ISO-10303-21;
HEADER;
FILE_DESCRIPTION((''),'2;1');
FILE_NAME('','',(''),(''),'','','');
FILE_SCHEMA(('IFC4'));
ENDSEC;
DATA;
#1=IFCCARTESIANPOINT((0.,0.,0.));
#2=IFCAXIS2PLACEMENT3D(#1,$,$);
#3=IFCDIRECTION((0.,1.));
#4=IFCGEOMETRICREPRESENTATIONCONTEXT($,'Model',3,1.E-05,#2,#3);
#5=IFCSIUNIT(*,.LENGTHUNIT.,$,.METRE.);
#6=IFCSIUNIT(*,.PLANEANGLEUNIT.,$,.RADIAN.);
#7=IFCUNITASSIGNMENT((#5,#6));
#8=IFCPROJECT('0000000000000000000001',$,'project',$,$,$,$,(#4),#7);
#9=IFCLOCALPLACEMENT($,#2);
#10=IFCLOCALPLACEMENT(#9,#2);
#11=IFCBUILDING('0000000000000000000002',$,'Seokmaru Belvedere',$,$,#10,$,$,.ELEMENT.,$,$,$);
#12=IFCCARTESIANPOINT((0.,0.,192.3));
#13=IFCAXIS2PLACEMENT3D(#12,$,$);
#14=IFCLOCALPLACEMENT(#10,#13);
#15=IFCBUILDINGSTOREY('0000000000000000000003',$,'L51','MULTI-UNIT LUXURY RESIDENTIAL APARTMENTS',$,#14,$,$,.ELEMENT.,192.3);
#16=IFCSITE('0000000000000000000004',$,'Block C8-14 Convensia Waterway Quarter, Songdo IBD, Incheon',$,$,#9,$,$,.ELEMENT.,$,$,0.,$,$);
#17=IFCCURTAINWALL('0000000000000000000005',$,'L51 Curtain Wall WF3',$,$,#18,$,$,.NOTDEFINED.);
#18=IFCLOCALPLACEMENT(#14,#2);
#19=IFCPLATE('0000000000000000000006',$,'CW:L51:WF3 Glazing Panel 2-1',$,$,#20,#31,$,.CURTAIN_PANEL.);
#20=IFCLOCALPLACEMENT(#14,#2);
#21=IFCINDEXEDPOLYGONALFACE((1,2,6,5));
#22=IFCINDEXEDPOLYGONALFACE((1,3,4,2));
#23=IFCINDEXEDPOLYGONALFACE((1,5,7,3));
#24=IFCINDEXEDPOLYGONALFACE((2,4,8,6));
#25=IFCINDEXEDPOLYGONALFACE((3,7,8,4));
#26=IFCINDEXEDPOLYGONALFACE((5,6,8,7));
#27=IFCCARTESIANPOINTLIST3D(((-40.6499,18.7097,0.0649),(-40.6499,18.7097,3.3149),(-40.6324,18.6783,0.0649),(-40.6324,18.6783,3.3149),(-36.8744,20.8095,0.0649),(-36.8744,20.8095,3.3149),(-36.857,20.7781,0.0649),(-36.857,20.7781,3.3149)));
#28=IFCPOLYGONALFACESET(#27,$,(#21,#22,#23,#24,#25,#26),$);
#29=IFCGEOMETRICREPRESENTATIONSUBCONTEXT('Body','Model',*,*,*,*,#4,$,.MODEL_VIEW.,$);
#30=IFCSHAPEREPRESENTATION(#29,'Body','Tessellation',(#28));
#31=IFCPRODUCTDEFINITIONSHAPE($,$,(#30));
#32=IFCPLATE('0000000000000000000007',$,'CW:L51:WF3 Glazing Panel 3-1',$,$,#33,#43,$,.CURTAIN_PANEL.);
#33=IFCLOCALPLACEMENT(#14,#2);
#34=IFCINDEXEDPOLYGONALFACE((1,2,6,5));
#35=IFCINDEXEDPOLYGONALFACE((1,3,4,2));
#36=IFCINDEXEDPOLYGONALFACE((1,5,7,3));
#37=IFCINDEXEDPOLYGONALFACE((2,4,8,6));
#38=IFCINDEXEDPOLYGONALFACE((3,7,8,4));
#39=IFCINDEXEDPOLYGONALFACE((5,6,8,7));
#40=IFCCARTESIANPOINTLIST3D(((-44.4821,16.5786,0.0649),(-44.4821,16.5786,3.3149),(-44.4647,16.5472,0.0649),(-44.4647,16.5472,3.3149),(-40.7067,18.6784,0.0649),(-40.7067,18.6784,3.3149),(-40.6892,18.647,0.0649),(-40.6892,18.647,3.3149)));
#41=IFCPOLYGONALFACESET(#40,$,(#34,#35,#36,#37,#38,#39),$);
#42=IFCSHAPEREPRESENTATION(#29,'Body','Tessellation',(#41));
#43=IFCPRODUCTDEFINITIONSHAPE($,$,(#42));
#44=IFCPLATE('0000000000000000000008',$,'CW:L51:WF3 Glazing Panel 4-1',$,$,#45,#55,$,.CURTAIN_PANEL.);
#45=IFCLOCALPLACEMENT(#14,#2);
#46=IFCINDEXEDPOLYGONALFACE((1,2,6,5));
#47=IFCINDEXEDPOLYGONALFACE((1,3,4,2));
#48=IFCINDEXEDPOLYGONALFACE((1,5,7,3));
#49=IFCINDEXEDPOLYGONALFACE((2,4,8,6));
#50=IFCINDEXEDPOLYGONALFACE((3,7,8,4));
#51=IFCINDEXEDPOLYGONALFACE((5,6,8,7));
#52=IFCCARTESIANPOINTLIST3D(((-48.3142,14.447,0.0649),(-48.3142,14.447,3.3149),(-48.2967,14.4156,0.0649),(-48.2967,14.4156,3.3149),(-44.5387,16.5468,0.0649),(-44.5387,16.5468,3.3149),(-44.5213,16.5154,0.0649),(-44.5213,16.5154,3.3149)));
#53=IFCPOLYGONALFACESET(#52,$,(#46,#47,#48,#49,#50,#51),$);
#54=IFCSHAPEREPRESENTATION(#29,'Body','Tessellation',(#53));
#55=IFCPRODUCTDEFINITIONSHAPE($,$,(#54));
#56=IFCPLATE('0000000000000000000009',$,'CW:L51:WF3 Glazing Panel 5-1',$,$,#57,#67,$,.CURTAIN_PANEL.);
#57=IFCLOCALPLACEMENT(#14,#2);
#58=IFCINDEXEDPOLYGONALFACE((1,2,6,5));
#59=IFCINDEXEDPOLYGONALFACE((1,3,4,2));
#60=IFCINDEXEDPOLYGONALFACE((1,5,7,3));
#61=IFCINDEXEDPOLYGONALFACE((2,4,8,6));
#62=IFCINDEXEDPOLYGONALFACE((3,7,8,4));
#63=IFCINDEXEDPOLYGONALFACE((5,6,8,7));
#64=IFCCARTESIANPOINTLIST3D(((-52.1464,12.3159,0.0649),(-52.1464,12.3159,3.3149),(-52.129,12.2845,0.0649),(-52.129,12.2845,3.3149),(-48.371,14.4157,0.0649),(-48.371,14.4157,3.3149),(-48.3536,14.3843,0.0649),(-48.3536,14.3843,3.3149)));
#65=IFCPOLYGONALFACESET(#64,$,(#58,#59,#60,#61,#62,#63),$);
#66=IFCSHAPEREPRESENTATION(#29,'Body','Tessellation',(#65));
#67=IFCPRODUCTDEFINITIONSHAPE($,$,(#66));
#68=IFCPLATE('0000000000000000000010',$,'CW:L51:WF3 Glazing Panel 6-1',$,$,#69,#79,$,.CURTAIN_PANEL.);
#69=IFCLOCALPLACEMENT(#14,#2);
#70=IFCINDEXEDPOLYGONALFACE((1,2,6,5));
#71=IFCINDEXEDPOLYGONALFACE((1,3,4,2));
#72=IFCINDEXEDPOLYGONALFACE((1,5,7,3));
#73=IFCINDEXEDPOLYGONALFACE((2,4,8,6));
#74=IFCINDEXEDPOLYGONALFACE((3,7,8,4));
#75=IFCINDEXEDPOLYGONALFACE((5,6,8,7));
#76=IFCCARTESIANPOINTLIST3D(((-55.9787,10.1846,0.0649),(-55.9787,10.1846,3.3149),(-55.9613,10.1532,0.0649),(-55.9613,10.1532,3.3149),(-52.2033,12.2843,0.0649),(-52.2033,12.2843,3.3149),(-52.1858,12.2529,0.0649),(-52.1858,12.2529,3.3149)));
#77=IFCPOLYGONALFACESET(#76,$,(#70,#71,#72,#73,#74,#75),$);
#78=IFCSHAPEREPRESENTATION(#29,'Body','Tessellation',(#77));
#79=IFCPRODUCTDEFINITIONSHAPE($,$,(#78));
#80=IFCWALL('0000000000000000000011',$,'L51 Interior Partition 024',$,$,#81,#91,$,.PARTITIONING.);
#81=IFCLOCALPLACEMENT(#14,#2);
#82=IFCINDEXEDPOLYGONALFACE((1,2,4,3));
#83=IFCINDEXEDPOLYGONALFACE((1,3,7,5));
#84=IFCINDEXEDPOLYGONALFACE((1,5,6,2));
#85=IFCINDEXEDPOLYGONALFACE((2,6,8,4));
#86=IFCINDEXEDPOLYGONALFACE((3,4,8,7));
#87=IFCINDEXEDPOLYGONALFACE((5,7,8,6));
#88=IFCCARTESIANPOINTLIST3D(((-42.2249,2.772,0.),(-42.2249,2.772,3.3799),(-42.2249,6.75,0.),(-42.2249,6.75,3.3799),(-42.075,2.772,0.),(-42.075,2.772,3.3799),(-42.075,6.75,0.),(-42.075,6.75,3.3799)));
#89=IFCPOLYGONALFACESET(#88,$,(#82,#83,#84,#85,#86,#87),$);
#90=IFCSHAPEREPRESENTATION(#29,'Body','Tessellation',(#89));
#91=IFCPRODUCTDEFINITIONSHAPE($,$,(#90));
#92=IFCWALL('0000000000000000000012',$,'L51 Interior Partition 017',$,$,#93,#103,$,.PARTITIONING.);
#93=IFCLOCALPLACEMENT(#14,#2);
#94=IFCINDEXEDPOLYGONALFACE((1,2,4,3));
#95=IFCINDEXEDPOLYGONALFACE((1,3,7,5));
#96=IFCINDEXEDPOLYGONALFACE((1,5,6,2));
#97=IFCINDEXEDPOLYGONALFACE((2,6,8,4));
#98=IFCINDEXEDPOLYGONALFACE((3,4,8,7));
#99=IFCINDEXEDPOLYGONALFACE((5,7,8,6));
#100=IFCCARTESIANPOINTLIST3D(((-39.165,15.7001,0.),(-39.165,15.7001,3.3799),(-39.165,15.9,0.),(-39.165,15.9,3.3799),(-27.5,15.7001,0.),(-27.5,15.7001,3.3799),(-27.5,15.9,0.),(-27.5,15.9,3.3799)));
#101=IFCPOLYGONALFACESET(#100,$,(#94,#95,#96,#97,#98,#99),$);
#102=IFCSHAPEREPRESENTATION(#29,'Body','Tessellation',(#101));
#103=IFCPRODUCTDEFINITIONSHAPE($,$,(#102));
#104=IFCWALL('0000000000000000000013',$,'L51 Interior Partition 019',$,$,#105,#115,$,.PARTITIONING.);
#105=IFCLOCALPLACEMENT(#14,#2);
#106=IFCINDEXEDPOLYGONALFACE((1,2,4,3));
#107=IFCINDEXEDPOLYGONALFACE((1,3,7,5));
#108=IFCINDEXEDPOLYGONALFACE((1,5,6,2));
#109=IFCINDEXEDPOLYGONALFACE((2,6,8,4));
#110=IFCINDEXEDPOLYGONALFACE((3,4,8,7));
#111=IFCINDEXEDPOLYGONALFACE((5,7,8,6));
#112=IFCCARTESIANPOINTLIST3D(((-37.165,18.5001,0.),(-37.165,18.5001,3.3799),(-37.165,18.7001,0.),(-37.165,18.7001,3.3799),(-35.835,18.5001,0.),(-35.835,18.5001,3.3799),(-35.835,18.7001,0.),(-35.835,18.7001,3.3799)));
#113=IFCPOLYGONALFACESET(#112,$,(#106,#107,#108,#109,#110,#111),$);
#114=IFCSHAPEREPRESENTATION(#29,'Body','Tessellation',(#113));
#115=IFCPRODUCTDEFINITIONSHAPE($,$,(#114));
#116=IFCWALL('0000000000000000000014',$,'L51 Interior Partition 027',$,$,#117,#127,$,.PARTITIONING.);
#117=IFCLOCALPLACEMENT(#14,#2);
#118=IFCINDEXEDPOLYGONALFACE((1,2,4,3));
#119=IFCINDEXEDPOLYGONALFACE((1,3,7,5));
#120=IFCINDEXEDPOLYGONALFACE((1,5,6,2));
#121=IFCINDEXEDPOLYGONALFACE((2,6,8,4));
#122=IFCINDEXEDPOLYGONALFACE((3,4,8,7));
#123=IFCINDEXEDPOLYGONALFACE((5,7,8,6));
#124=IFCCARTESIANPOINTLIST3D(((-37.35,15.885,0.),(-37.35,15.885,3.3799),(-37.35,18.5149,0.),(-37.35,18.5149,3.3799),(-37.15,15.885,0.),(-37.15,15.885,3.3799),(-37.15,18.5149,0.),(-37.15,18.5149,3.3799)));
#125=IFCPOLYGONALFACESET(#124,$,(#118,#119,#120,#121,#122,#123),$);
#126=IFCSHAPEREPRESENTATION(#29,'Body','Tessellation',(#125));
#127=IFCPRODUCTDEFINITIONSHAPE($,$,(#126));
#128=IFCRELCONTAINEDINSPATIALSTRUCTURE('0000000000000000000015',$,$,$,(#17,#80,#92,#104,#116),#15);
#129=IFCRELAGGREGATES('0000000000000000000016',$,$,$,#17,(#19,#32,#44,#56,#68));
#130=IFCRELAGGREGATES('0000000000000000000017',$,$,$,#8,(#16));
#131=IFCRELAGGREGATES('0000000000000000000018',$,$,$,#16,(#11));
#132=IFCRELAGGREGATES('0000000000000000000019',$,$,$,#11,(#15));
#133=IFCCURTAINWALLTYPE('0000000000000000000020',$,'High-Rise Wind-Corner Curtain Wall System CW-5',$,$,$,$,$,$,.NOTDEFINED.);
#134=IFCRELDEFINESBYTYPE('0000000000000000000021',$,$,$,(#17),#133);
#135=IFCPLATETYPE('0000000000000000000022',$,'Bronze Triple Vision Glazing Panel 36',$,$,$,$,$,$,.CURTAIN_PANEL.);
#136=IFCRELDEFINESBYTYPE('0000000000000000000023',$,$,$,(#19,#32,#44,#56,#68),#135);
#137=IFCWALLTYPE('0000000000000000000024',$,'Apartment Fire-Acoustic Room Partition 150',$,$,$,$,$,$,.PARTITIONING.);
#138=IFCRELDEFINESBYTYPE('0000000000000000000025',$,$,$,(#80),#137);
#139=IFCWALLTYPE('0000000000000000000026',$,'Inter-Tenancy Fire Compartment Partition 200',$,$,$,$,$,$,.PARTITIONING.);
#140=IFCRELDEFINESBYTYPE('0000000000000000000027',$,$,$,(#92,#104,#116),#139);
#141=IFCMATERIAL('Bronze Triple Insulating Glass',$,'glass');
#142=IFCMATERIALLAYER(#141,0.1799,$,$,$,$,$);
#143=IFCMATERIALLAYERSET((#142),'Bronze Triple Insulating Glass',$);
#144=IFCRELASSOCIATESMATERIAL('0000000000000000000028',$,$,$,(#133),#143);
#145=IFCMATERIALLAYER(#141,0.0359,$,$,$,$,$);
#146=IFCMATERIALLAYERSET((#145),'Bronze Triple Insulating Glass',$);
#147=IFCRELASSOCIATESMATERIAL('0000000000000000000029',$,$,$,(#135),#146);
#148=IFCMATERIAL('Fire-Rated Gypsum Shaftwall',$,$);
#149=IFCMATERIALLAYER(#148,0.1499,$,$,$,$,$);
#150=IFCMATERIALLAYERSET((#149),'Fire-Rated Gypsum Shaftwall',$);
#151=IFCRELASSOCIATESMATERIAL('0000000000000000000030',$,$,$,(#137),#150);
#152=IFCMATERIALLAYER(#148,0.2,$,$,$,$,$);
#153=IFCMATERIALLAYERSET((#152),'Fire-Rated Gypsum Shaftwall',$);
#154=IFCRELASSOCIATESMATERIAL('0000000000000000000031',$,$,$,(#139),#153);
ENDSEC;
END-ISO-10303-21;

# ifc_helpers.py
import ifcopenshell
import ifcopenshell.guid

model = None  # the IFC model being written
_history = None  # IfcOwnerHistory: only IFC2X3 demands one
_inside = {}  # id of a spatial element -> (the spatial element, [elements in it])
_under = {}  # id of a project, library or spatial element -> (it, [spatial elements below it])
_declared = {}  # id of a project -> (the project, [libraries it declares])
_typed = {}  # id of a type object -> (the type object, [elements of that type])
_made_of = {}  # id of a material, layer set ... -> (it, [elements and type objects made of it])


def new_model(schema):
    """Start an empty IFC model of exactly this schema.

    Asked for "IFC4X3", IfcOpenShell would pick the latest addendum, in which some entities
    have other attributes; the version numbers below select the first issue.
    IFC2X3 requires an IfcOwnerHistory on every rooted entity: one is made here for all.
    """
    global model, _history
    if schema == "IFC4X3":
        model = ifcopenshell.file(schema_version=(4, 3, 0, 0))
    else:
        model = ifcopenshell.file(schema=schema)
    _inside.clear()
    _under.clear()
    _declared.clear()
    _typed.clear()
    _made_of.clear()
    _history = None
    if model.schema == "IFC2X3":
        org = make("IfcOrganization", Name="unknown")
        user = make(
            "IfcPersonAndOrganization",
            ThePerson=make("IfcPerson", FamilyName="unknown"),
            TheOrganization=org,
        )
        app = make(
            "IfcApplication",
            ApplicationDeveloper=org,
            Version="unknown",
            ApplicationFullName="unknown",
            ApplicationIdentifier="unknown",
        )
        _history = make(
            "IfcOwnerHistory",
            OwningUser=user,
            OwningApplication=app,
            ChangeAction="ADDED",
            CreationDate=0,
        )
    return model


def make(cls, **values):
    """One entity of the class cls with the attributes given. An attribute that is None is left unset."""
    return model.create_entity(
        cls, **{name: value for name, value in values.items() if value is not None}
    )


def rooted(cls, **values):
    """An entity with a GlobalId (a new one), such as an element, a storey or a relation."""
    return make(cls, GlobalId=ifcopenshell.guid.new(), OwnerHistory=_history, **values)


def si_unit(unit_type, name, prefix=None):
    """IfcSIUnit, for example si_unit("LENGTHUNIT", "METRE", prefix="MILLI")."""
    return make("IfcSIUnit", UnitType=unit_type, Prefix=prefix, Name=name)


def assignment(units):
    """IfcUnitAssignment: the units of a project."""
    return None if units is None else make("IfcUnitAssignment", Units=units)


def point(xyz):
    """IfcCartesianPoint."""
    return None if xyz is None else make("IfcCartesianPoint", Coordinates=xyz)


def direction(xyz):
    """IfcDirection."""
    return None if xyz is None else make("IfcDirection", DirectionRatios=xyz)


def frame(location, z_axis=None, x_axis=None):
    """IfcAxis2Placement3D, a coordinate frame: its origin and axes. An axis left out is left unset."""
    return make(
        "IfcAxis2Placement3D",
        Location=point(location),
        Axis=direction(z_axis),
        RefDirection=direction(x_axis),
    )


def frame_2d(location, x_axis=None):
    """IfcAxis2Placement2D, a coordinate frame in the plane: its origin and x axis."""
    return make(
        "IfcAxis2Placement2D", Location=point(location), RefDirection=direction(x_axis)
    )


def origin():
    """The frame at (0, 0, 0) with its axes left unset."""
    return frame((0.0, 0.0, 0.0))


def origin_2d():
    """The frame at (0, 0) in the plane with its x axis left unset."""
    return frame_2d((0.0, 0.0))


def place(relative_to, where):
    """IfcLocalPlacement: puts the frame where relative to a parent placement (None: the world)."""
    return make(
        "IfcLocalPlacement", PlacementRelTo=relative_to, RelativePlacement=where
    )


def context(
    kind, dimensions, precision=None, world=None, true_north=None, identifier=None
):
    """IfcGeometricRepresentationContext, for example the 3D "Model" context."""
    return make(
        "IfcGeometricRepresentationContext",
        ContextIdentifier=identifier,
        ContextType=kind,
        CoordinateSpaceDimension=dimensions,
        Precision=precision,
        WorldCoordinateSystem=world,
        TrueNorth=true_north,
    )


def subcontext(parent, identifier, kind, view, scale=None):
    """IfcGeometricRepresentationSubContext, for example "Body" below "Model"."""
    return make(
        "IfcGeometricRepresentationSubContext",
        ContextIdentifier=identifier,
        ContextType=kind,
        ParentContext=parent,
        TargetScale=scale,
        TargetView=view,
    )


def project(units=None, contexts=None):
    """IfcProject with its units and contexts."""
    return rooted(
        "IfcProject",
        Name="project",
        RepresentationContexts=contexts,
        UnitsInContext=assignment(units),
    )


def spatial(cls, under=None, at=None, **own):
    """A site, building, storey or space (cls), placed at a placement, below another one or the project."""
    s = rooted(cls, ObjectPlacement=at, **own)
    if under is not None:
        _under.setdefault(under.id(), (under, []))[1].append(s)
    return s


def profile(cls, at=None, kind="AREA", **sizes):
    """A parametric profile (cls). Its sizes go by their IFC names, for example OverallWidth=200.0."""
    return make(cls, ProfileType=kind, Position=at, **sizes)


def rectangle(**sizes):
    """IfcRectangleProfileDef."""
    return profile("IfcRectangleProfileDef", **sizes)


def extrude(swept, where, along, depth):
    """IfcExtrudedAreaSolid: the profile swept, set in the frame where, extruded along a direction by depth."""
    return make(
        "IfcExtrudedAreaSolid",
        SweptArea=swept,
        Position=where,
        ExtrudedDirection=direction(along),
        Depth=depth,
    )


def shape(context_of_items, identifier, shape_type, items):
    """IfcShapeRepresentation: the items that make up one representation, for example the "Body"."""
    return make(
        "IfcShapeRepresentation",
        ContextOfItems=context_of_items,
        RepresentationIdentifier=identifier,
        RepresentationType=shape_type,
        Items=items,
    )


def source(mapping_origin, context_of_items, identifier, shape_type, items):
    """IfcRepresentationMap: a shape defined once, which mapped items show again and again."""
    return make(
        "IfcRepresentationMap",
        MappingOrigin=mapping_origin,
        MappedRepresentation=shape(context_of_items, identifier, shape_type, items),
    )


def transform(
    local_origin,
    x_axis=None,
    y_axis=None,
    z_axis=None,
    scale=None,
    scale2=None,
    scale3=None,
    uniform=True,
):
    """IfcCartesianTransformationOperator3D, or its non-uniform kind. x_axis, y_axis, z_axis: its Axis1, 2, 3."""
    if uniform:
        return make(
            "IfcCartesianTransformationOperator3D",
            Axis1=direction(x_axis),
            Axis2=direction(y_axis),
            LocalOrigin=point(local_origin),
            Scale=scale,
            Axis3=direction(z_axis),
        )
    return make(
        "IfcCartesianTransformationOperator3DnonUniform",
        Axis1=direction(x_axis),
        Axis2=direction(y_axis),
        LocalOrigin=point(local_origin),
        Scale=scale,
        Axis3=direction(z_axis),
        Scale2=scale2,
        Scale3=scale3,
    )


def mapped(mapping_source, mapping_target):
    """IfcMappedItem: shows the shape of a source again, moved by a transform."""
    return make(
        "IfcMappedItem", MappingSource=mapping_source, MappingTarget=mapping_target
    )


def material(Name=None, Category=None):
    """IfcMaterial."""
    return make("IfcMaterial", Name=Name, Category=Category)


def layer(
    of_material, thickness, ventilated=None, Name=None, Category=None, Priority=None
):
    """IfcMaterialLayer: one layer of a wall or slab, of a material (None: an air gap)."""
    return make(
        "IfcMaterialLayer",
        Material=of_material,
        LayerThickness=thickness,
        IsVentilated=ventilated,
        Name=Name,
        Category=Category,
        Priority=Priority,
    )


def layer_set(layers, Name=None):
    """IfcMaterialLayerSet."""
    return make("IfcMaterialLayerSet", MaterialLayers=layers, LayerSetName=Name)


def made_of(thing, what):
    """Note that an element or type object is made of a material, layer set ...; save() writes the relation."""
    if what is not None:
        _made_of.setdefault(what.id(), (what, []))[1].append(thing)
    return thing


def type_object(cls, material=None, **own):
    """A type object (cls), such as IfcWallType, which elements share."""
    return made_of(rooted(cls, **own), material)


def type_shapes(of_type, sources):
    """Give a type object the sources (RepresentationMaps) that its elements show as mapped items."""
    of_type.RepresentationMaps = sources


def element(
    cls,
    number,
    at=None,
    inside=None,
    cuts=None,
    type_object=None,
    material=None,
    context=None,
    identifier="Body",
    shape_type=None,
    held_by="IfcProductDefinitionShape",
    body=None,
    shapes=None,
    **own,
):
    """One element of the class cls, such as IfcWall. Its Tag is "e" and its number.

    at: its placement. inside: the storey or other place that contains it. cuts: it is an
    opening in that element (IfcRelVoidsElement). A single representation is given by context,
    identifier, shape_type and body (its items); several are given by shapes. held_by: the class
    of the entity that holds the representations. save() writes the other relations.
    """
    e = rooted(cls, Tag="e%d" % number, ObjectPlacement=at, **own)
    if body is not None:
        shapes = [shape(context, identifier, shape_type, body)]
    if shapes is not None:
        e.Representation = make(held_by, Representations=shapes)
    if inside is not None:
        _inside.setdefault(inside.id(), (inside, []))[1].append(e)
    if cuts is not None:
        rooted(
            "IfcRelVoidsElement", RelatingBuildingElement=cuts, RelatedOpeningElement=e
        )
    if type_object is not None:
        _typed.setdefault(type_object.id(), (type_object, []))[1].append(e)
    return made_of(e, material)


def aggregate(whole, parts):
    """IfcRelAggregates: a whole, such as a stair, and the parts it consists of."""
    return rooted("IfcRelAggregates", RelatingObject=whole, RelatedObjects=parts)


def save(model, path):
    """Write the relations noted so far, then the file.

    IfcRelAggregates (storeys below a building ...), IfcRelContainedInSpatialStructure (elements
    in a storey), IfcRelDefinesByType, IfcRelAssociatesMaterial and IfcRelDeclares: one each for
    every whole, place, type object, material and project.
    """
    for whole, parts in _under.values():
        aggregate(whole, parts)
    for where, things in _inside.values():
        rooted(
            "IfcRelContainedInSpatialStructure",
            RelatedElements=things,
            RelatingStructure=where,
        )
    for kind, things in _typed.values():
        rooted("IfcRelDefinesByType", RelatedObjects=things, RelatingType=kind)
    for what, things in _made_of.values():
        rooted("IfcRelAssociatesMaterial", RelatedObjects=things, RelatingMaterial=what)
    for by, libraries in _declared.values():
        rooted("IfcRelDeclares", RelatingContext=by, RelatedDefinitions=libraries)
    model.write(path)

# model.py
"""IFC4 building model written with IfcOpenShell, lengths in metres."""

from ifc_helpers import new_model, si_unit, direction, frame, frame_2d, origin, origin_2d, place, context, subcontext, project, spatial, rectangle, extrude, source, transform, mapped, material, layer, layer_set, type_object, type_shapes, element, aggregate, save


model = new_model("IFC4")

# Units and contexts
model_context = context("Model", 3, precision=1e-05, world=origin(), true_north=direction((0.0, 1.0)))
body_context = subcontext(model_context, "Body", "Model", "MODEL_VIEW")
ifc_project = project(units=[si_unit("LENGTHUNIT", "METRE"), si_unit("PLANEANGLEUNIT", "RADIAN")], contexts=[model_context])

# Site, building, storey
site_placement = place(None, origin())
site = spatial("IfcSite", under=ifc_project, at=site_placement, Name="Block C8-14 Convensia Waterway Quarter, Songdo IBD, Incheon", CompositionType="ELEMENT", RefElevation=0.0)
building_placement = place(site_placement, origin())
building = spatial("IfcBuilding", under=site, at=building_placement, Name="Seokmaru Belvedere", CompositionType="ELEMENT")
storey_placement = place(building_placement, frame((0.0, 0.0, 192.3)))
storey = spatial("IfcBuildingStorey", under=building, at=storey_placement, Name="L51", Description="MULTI-UNIT LUXURY RESIDENTIAL APARTMENTS", CompositionType="ELEMENT", Elevation=192.3)

# Curtain wall, plates
ifc_material_1 = material(Name="Bronze Triple Insulating Glass", Category="glass")
ifc_layer_1 = layer(ifc_material_1, 0.1799)
ifc_layer_set_1 = layer_set([ifc_layer_1], Name="Bronze Triple Insulating Glass")
curtain_wall_type = type_object("IfcCurtainWallType", Name="High-Rise Wind-Corner Curtain Wall System CW-5", PredefinedType="NOTDEFINED", material=ifc_layer_set_1)
curtain_wall_placement = place(storey_placement, origin())
curtain_wall = element("IfcCurtainWall", 1, at=curtain_wall_placement, inside=storey, type_object=curtain_wall_type, Name="L51 Curtain Wall WF3", PredefinedType="NOTDEFINED")
ifc_layer_2 = layer(ifc_material_1, 0.0359)
ifc_layer_set_2 = layer_set([ifc_layer_2], Name="Bronze Triple Insulating Glass")
plate_type = type_object("IfcPlateType", Name="Bronze Triple Vision Glazing Panel 36", PredefinedType="CURTAIN_PANEL", material=ifc_layer_set_2)
shared_shape_1 = source(origin(), body_context, "Body", "SweptSolid", [
    extrude(rectangle(XDim=4.3201, YDim=0.0359, at=origin_2d()), origin(), (0.0, 0.0, 1.0), 3.25),
])
type_shapes(plate_type, [shared_shape_1])
plate_1_placement = place(storey_placement, frame((-38.7534, 19.7439, 0.0649), z_axis=(0.0, 0.0, 1.0), x_axis=(-0.873933, -0.486047, 0.0)))
plate_1 = element("IfcPlate", 2, at=plate_1_placement, type_object=plate_type, Name="CW:L51:WF3 Glazing Panel 2-1", PredefinedType="CURTAIN_PANEL", context=body_context, shape_type="MappedRepresentation", body=[
    mapped(shared_shape_1, transform((0.0, 0.0, 0.0), scale=1.0)),
])
plate_2_placement = place(storey_placement, frame((-42.5857, 17.6128, 0.0649), z_axis=(0.0, 0.0, 1.0), x_axis=(-0.873933, -0.486047, 0.0)))
plate_2 = element("IfcPlate", 3, at=plate_2_placement, type_object=plate_type, Name="CW:L51:WF3 Glazing Panel 3-1", PredefinedType="CURTAIN_PANEL", context=body_context, shape_type="MappedRepresentation", body=[
    mapped(shared_shape_1, transform((0.0, 0.0, 0.0), scale=1.0)),
])
plate_3_placement = place(storey_placement, frame((-46.4177, 15.4812, 0.0649), z_axis=(0.0, 0.0, 1.0), x_axis=(-0.873933, -0.486047, 0.0)))
plate_3 = element("IfcPlate", 4, at=plate_3_placement, type_object=plate_type, Name="CW:L51:WF3 Glazing Panel 4-1", PredefinedType="CURTAIN_PANEL", context=body_context, shape_type="MappedRepresentation", body=[
    mapped(shared_shape_1, transform((0.0, 0.0, 0.0), scale=1.0)),
])
plate_4_placement = place(storey_placement, frame((-50.25, 13.3501, 0.0649), z_axis=(0.0, 0.0, 1.0), x_axis=(-0.873933, -0.486047, 0.0)))
plate_4 = element("IfcPlate", 5, at=plate_4_placement, type_object=plate_type, Name="CW:L51:WF3 Glazing Panel 5-1", PredefinedType="CURTAIN_PANEL", context=body_context, shape_type="MappedRepresentation", body=[
    mapped(shared_shape_1, transform((0.0, 0.0, 0.0), scale=1.0)),
])
plate_5_placement = place(storey_placement, frame((-54.0823, 11.2188, 0.0649), z_axis=(0.0, 0.0, 1.0), x_axis=(-0.873933, -0.486047, 0.0)))
plate_5 = element("IfcPlate", 6, at=plate_5_placement, type_object=plate_type, Name="CW:L51:WF3 Glazing Panel 6-1", PredefinedType="CURTAIN_PANEL", context=body_context, shape_type="MappedRepresentation", body=[
    mapped(shared_shape_1, transform((0.0, 0.0, 0.0), scale=1.0)),
])
aggregate(curtain_wall, [plate_1, plate_2, plate_3, plate_4, plate_5])

# Shared definitions
ifc_material_2 = material(Name="Fire-Rated Gypsum Shaftwall")
ifc_layer_3 = layer(ifc_material_2, 0.1499)
ifc_layer_set_3 = layer_set([ifc_layer_3], Name="Fire-Rated Gypsum Shaftwall")
wall_type_1 = type_object("IfcWallType", Name="Apartment Fire-Acoustic Room Partition 150", PredefinedType="PARTITIONING", material=ifc_layer_set_3)

# Walls
wall_1_placement = place(storey_placement, frame((-42.1499, 2.772, 0.0), z_axis=(0.0, 0.0, 1.0), x_axis=(0.0, 1.0, 0.0)))
element("IfcWall", 7, at=wall_1_placement, inside=storey, type_object=wall_type_1, Name="L51 Interior Partition 024", PredefinedType="PARTITIONING", context=body_context, shape_type="SweptSolid", body=[
    extrude(rectangle(XDim=3.978, YDim=0.1499, at=frame_2d((1.989, 0.0))), origin(), (0.0, 0.0, 1.0), 3.3799),
])
ifc_layer_4 = layer(ifc_material_2, 0.2)
ifc_layer_set_4 = layer_set([ifc_layer_4], Name="Fire-Rated Gypsum Shaftwall")
wall_type_2 = type_object("IfcWallType", Name="Inter-Tenancy Fire Compartment Partition 200", PredefinedType="PARTITIONING", material=ifc_layer_set_4)
wall_2_placement = place(storey_placement, frame((-39.165, 15.8, 0.0), z_axis=(0.0, 0.0, 1.0), x_axis=(1.0, 0.0, 0.0)))
element("IfcWall", 8, at=wall_2_placement, inside=storey, type_object=wall_type_2, Name="L51 Interior Partition 017", PredefinedType="PARTITIONING", context=body_context, shape_type="SweptSolid", body=[
    extrude(rectangle(XDim=11.665, YDim=0.2, at=frame_2d((5.8325, 0.0))), origin(), (0.0, 0.0, 1.0), 3.3799),
])
wall_3_placement = place(storey_placement, frame((-37.165, 18.6001, 0.0), z_axis=(0.0, 0.0, 1.0), x_axis=(1.0, 0.0, 0.0)))
element("IfcWall", 9, at=wall_3_placement, inside=storey, type_object=wall_type_2, Name="L51 Interior Partition 019", PredefinedType="PARTITIONING", context=body_context, shape_type="SweptSolid", body=[
    extrude(rectangle(XDim=1.3301, YDim=0.2, at=frame_2d((0.665, 0.0))), origin(), (0.0, 0.0, 1.0), 3.3799),
])
wall_4_placement = place(storey_placement, frame((-37.25, 15.885, 0.0), z_axis=(0.0, 0.0, 1.0), x_axis=(0.0, 1.0, 0.0)))
element("IfcWall", 10, at=wall_4_placement, inside=storey, type_object=wall_type_2, Name="L51 Interior Partition 027", PredefinedType="PARTITIONING", context=body_context, shape_type="SweptSolid", body=[
    extrude(rectangle(XDim=2.6299, YDim=0.2, at=frame_2d((1.3149, 0.0))), origin(), (0.0, 0.0, 1.0), 3.3799),
])

save(model, "model.ifc")
